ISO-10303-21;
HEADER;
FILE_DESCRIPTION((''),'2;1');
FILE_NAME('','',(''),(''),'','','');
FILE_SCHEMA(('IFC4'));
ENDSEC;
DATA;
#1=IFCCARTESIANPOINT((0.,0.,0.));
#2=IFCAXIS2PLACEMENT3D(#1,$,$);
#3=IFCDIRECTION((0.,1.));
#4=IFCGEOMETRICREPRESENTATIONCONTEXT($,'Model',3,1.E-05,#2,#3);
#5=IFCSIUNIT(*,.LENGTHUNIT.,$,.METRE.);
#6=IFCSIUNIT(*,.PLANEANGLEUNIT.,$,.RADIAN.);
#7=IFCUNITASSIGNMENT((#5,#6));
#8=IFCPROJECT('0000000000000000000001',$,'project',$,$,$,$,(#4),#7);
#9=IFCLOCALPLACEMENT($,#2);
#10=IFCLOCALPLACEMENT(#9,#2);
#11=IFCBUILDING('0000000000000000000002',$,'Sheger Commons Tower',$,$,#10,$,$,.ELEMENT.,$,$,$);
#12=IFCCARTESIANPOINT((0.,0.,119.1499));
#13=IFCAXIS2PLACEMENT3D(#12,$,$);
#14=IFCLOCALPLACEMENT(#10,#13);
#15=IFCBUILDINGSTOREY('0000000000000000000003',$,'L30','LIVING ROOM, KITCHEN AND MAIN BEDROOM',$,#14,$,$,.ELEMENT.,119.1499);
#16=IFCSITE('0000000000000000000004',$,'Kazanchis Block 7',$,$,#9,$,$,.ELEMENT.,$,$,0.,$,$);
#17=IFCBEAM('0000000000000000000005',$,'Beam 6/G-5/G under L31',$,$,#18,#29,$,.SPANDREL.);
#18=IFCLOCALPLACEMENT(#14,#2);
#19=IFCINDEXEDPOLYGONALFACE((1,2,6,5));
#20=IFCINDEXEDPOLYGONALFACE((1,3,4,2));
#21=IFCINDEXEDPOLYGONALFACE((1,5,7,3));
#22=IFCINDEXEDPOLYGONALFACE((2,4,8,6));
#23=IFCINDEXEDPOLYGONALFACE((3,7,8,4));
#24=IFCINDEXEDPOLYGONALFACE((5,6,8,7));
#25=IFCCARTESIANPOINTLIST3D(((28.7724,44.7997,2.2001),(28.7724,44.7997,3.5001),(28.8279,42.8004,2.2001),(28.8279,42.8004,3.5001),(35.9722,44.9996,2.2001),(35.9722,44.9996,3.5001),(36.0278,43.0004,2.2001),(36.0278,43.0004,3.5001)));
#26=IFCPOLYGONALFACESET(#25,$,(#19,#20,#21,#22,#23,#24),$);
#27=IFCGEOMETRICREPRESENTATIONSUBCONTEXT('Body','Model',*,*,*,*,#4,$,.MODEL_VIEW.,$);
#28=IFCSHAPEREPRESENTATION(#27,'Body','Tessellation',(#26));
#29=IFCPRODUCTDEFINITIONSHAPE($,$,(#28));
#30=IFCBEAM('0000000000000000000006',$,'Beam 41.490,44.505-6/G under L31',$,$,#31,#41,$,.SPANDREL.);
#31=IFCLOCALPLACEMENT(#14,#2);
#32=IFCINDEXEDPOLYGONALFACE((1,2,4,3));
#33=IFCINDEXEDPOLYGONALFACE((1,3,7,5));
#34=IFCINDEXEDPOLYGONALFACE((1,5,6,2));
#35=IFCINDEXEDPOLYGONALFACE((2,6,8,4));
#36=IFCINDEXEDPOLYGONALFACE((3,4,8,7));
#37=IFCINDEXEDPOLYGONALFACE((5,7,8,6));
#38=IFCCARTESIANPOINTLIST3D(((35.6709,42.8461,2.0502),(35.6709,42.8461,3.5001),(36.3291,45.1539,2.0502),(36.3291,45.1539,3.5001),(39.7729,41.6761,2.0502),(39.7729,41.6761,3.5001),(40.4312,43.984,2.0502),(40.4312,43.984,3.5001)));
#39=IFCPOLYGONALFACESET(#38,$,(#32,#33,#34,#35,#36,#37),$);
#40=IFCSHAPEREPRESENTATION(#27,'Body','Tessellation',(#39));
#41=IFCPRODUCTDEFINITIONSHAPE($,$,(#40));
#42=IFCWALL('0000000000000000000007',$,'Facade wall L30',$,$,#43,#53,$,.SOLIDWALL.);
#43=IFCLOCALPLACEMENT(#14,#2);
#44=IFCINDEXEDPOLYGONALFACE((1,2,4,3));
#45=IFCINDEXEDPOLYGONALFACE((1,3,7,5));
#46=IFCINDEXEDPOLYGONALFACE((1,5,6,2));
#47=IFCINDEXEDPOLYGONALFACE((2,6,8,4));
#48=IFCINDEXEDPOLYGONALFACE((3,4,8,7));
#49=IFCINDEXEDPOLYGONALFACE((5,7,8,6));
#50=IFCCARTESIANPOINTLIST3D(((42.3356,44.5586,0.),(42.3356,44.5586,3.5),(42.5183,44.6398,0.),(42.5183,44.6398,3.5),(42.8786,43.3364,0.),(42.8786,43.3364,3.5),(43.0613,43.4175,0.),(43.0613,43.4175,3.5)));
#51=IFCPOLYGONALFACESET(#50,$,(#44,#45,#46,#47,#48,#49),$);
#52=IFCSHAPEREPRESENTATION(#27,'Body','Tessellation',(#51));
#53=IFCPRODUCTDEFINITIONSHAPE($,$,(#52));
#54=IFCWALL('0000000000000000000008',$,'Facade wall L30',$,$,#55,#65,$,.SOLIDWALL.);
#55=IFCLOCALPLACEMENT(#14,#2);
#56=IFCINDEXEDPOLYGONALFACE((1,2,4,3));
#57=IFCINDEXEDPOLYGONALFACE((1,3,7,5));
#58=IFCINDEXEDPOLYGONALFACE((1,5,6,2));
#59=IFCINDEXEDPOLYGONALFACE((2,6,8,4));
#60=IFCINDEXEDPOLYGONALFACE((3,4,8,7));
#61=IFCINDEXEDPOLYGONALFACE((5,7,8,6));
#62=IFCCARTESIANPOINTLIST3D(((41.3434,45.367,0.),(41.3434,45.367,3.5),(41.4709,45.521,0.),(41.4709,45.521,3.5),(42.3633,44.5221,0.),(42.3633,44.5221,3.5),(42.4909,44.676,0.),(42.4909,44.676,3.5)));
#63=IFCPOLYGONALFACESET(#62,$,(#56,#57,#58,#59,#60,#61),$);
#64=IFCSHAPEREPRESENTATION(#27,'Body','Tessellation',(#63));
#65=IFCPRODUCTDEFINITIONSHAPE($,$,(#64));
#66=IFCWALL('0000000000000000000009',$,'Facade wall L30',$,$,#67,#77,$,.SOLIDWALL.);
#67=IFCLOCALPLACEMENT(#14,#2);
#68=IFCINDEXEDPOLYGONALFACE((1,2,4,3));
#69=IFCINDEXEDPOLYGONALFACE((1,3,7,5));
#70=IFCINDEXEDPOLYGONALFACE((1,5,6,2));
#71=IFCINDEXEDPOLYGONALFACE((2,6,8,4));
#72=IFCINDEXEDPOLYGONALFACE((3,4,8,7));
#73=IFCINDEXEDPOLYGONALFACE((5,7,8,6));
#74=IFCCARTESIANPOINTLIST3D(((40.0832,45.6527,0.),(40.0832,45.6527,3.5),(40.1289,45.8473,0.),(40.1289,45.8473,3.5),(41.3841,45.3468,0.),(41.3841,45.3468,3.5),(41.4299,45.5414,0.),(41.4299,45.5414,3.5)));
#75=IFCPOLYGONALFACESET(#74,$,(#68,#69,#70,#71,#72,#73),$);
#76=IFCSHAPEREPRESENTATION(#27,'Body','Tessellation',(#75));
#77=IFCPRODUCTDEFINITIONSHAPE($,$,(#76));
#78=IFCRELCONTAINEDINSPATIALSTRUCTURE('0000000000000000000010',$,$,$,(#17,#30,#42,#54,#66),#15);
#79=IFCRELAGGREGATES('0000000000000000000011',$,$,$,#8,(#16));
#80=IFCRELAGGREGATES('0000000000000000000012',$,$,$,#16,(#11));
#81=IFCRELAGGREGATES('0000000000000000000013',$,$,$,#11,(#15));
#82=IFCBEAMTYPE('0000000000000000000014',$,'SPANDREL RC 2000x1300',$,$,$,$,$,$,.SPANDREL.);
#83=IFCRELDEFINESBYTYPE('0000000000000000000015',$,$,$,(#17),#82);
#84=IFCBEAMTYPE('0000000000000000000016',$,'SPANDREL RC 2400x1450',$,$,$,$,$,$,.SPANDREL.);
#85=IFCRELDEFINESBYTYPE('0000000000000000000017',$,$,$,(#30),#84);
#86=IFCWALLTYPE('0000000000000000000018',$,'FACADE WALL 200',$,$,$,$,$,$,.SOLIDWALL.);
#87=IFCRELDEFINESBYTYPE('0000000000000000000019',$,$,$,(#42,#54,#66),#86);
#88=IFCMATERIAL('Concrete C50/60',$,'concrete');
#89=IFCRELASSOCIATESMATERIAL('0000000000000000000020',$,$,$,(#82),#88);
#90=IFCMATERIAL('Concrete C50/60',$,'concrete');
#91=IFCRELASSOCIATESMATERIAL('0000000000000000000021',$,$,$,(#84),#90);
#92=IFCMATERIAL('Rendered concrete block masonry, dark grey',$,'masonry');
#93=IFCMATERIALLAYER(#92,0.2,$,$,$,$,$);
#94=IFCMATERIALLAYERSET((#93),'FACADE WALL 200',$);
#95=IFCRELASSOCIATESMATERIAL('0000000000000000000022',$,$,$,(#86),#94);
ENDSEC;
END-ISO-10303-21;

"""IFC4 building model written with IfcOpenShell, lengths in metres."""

from ifc_helpers import new_model, si_unit, direction, frame, frame_2d, origin, origin_2d, place, context, subcontext, project, spatial, rectangle, extrude, material, layer, layer_set, material_profile, profile_set, type_object, element, save


model = new_model("IFC4")

# Units and contexts
model_context = context("Model", 3, precision=1e-05, world=origin(), true_north=direction((0.0, 1.0)))
body_context = subcontext(model_context, "Body", "Model", "MODEL_VIEW")
ifc_project = project(units=[si_unit("LENGTHUNIT", "METRE"), si_unit("PLANEANGLEUNIT", "RADIAN")], contexts=[model_context])

# Site, building, storey
site_placement = place(None, origin())
site = spatial("IfcSite", under=ifc_project, at=site_placement, Name="Kazanchis Block 7", CompositionType="ELEMENT", RefElevation=0.0)
building_placement = place(site_placement, origin())
building = spatial("IfcBuilding", under=site, at=building_placement, Name="Sheger Commons Tower", CompositionType="ELEMENT")
storey_placement = place(building_placement, frame((0.0, 0.0, 119.1499)))
storey = spatial("IfcBuildingStorey", under=building, at=storey_placement, Name="L30", Description="LIVING ROOM, KITCHEN AND MAIN BEDROOM", CompositionType="ELEMENT", Elevation=119.1499)

# Beams
ifc_material_1 = material(Name="Concrete C50/60", Category="concrete")
ifc_material_profile_1 = material_profile(ifc_material_1, rectangle(XDim=2.0, YDim=1.3, at=origin_2d()), Name="RC 2000x1300")
ifc_profile_set_1 = profile_set([ifc_material_profile_1], Name="Concrete C50/60")
beam_type_1 = type_object("IfcBeamType", Name="SPANDREL RC 2000x1300", PredefinedType="SPANDREL", material=ifc_profile_set_1)
beam_1_placement = place(storey_placement, frame((36.0, 44.0, 2.8501), z_axis=(-0.999615, -0.02776, 0.0), x_axis=(0.02776, -0.999615, 0.0)))
element("IfcBeam", 1, at=beam_1_placement, inside=storey, type_object=beam_type_1, Name="Beam 6/G-5/G under L31", PredefinedType="SPANDREL", context=body_context, shape_type="SweptSolid", body=[
    extrude(rectangle(XDim=2.0, YDim=1.3, at=origin_2d()), origin(), (0.0, 0.0, 1.0), 7.2026),
])
ifc_material_2 = material(Name="Concrete C50/60", Category="concrete")
ifc_material_profile_2 = material_profile(ifc_material_2, rectangle(XDim=2.3999, YDim=1.45, at=origin_2d()), Name="RC 2400x1450")
ifc_profile_set_2 = profile_set([ifc_material_profile_2], Name="Concrete C50/60")
beam_type_2 = type_object("IfcBeamType", Name="SPANDREL RC 2400x1450", PredefinedType="SPANDREL", material=ifc_profile_set_2)
beam_2_placement = place(storey_placement, frame((40.1021, 42.8301, 2.7751), z_axis=(-0.961653, 0.274268, 0.0), x_axis=(-0.274268, -0.961653, 0.0)))
element("IfcBeam", 2, at=beam_2_placement, inside=storey, type_object=beam_type_2, Name="Beam 41.490,44.505-6/G under L31", PredefinedType="SPANDREL", context=body_context, shape_type="SweptSolid", body=[
    extrude(rectangle(XDim=2.3999, YDim=1.45, at=origin_2d()), origin(), (0.0, 0.0, 1.0), 4.2656),
])

# Walls
ifc_material_3 = material(Name="Rendered concrete block masonry, dark grey", Category="masonry")
ifc_layer_1 = layer(ifc_material_3, 0.2)
ifc_layer_set_1 = layer_set([ifc_layer_1], Name="FACADE WALL 200")
wall_type_1 = type_object("IfcWallType", Name="FACADE WALL 200", PredefinedType="SOLIDWALL", material=ifc_layer_set_1)
wall_1_placement = place(storey_placement, frame((42.97, 43.377, 0.0), z_axis=(0.0, 0.0, 1.0), x_axis=(-0.406003, 0.913872, 0.0)))
element("IfcWall", 3, at=wall_1_placement, inside=storey, type_object=wall_type_1, Name="Facade wall L30", PredefinedType="SOLIDWALL", context=body_context, shape_type="SweptSolid", body=[
    extrude(rectangle(XDim=1.3374, YDim=0.2, at=frame_2d((0.6687, 0.0))), origin(), (0.0, 0.0, 1.0), 3.5),
])
wall_2_placement = place(storey_placement, frame((42.427, 44.5991, 0.0), z_axis=(0.0, 0.0, 1.0), x_axis=(-0.770091, 0.637934, 0.0)))
element("IfcWall", 4, at=wall_2_placement, inside=storey, type_object=wall_type_1, Name="Facade wall L30", PredefinedType="SOLIDWALL", context=body_context, shape_type="SweptSolid", body=[
    extrude(rectangle(XDim=1.3245, YDim=0.2, at=frame_2d((0.6621, 0.0))), origin(), (0.0, 0.0, 1.0), 3.5),
])
wall_3_placement = place(storey_placement, frame((41.407, 45.4441, 0.0), z_axis=(0.0, 0.0, 1.0), x_axis=(-0.973453, 0.228887, 0.0)))
element("IfcWall", 5, at=wall_3_placement, inside=storey, type_object=wall_type_1, Name="Facade wall L30", PredefinedType="SOLIDWALL", context=body_context, shape_type="SweptSolid", body=[
    extrude(rectangle(XDim=1.3364, YDim=0.2, at=frame_2d((0.6682, 0.0))), origin(), (0.0, 0.0, 1.0), 3.5),
])

save(model, "model.ifc")
